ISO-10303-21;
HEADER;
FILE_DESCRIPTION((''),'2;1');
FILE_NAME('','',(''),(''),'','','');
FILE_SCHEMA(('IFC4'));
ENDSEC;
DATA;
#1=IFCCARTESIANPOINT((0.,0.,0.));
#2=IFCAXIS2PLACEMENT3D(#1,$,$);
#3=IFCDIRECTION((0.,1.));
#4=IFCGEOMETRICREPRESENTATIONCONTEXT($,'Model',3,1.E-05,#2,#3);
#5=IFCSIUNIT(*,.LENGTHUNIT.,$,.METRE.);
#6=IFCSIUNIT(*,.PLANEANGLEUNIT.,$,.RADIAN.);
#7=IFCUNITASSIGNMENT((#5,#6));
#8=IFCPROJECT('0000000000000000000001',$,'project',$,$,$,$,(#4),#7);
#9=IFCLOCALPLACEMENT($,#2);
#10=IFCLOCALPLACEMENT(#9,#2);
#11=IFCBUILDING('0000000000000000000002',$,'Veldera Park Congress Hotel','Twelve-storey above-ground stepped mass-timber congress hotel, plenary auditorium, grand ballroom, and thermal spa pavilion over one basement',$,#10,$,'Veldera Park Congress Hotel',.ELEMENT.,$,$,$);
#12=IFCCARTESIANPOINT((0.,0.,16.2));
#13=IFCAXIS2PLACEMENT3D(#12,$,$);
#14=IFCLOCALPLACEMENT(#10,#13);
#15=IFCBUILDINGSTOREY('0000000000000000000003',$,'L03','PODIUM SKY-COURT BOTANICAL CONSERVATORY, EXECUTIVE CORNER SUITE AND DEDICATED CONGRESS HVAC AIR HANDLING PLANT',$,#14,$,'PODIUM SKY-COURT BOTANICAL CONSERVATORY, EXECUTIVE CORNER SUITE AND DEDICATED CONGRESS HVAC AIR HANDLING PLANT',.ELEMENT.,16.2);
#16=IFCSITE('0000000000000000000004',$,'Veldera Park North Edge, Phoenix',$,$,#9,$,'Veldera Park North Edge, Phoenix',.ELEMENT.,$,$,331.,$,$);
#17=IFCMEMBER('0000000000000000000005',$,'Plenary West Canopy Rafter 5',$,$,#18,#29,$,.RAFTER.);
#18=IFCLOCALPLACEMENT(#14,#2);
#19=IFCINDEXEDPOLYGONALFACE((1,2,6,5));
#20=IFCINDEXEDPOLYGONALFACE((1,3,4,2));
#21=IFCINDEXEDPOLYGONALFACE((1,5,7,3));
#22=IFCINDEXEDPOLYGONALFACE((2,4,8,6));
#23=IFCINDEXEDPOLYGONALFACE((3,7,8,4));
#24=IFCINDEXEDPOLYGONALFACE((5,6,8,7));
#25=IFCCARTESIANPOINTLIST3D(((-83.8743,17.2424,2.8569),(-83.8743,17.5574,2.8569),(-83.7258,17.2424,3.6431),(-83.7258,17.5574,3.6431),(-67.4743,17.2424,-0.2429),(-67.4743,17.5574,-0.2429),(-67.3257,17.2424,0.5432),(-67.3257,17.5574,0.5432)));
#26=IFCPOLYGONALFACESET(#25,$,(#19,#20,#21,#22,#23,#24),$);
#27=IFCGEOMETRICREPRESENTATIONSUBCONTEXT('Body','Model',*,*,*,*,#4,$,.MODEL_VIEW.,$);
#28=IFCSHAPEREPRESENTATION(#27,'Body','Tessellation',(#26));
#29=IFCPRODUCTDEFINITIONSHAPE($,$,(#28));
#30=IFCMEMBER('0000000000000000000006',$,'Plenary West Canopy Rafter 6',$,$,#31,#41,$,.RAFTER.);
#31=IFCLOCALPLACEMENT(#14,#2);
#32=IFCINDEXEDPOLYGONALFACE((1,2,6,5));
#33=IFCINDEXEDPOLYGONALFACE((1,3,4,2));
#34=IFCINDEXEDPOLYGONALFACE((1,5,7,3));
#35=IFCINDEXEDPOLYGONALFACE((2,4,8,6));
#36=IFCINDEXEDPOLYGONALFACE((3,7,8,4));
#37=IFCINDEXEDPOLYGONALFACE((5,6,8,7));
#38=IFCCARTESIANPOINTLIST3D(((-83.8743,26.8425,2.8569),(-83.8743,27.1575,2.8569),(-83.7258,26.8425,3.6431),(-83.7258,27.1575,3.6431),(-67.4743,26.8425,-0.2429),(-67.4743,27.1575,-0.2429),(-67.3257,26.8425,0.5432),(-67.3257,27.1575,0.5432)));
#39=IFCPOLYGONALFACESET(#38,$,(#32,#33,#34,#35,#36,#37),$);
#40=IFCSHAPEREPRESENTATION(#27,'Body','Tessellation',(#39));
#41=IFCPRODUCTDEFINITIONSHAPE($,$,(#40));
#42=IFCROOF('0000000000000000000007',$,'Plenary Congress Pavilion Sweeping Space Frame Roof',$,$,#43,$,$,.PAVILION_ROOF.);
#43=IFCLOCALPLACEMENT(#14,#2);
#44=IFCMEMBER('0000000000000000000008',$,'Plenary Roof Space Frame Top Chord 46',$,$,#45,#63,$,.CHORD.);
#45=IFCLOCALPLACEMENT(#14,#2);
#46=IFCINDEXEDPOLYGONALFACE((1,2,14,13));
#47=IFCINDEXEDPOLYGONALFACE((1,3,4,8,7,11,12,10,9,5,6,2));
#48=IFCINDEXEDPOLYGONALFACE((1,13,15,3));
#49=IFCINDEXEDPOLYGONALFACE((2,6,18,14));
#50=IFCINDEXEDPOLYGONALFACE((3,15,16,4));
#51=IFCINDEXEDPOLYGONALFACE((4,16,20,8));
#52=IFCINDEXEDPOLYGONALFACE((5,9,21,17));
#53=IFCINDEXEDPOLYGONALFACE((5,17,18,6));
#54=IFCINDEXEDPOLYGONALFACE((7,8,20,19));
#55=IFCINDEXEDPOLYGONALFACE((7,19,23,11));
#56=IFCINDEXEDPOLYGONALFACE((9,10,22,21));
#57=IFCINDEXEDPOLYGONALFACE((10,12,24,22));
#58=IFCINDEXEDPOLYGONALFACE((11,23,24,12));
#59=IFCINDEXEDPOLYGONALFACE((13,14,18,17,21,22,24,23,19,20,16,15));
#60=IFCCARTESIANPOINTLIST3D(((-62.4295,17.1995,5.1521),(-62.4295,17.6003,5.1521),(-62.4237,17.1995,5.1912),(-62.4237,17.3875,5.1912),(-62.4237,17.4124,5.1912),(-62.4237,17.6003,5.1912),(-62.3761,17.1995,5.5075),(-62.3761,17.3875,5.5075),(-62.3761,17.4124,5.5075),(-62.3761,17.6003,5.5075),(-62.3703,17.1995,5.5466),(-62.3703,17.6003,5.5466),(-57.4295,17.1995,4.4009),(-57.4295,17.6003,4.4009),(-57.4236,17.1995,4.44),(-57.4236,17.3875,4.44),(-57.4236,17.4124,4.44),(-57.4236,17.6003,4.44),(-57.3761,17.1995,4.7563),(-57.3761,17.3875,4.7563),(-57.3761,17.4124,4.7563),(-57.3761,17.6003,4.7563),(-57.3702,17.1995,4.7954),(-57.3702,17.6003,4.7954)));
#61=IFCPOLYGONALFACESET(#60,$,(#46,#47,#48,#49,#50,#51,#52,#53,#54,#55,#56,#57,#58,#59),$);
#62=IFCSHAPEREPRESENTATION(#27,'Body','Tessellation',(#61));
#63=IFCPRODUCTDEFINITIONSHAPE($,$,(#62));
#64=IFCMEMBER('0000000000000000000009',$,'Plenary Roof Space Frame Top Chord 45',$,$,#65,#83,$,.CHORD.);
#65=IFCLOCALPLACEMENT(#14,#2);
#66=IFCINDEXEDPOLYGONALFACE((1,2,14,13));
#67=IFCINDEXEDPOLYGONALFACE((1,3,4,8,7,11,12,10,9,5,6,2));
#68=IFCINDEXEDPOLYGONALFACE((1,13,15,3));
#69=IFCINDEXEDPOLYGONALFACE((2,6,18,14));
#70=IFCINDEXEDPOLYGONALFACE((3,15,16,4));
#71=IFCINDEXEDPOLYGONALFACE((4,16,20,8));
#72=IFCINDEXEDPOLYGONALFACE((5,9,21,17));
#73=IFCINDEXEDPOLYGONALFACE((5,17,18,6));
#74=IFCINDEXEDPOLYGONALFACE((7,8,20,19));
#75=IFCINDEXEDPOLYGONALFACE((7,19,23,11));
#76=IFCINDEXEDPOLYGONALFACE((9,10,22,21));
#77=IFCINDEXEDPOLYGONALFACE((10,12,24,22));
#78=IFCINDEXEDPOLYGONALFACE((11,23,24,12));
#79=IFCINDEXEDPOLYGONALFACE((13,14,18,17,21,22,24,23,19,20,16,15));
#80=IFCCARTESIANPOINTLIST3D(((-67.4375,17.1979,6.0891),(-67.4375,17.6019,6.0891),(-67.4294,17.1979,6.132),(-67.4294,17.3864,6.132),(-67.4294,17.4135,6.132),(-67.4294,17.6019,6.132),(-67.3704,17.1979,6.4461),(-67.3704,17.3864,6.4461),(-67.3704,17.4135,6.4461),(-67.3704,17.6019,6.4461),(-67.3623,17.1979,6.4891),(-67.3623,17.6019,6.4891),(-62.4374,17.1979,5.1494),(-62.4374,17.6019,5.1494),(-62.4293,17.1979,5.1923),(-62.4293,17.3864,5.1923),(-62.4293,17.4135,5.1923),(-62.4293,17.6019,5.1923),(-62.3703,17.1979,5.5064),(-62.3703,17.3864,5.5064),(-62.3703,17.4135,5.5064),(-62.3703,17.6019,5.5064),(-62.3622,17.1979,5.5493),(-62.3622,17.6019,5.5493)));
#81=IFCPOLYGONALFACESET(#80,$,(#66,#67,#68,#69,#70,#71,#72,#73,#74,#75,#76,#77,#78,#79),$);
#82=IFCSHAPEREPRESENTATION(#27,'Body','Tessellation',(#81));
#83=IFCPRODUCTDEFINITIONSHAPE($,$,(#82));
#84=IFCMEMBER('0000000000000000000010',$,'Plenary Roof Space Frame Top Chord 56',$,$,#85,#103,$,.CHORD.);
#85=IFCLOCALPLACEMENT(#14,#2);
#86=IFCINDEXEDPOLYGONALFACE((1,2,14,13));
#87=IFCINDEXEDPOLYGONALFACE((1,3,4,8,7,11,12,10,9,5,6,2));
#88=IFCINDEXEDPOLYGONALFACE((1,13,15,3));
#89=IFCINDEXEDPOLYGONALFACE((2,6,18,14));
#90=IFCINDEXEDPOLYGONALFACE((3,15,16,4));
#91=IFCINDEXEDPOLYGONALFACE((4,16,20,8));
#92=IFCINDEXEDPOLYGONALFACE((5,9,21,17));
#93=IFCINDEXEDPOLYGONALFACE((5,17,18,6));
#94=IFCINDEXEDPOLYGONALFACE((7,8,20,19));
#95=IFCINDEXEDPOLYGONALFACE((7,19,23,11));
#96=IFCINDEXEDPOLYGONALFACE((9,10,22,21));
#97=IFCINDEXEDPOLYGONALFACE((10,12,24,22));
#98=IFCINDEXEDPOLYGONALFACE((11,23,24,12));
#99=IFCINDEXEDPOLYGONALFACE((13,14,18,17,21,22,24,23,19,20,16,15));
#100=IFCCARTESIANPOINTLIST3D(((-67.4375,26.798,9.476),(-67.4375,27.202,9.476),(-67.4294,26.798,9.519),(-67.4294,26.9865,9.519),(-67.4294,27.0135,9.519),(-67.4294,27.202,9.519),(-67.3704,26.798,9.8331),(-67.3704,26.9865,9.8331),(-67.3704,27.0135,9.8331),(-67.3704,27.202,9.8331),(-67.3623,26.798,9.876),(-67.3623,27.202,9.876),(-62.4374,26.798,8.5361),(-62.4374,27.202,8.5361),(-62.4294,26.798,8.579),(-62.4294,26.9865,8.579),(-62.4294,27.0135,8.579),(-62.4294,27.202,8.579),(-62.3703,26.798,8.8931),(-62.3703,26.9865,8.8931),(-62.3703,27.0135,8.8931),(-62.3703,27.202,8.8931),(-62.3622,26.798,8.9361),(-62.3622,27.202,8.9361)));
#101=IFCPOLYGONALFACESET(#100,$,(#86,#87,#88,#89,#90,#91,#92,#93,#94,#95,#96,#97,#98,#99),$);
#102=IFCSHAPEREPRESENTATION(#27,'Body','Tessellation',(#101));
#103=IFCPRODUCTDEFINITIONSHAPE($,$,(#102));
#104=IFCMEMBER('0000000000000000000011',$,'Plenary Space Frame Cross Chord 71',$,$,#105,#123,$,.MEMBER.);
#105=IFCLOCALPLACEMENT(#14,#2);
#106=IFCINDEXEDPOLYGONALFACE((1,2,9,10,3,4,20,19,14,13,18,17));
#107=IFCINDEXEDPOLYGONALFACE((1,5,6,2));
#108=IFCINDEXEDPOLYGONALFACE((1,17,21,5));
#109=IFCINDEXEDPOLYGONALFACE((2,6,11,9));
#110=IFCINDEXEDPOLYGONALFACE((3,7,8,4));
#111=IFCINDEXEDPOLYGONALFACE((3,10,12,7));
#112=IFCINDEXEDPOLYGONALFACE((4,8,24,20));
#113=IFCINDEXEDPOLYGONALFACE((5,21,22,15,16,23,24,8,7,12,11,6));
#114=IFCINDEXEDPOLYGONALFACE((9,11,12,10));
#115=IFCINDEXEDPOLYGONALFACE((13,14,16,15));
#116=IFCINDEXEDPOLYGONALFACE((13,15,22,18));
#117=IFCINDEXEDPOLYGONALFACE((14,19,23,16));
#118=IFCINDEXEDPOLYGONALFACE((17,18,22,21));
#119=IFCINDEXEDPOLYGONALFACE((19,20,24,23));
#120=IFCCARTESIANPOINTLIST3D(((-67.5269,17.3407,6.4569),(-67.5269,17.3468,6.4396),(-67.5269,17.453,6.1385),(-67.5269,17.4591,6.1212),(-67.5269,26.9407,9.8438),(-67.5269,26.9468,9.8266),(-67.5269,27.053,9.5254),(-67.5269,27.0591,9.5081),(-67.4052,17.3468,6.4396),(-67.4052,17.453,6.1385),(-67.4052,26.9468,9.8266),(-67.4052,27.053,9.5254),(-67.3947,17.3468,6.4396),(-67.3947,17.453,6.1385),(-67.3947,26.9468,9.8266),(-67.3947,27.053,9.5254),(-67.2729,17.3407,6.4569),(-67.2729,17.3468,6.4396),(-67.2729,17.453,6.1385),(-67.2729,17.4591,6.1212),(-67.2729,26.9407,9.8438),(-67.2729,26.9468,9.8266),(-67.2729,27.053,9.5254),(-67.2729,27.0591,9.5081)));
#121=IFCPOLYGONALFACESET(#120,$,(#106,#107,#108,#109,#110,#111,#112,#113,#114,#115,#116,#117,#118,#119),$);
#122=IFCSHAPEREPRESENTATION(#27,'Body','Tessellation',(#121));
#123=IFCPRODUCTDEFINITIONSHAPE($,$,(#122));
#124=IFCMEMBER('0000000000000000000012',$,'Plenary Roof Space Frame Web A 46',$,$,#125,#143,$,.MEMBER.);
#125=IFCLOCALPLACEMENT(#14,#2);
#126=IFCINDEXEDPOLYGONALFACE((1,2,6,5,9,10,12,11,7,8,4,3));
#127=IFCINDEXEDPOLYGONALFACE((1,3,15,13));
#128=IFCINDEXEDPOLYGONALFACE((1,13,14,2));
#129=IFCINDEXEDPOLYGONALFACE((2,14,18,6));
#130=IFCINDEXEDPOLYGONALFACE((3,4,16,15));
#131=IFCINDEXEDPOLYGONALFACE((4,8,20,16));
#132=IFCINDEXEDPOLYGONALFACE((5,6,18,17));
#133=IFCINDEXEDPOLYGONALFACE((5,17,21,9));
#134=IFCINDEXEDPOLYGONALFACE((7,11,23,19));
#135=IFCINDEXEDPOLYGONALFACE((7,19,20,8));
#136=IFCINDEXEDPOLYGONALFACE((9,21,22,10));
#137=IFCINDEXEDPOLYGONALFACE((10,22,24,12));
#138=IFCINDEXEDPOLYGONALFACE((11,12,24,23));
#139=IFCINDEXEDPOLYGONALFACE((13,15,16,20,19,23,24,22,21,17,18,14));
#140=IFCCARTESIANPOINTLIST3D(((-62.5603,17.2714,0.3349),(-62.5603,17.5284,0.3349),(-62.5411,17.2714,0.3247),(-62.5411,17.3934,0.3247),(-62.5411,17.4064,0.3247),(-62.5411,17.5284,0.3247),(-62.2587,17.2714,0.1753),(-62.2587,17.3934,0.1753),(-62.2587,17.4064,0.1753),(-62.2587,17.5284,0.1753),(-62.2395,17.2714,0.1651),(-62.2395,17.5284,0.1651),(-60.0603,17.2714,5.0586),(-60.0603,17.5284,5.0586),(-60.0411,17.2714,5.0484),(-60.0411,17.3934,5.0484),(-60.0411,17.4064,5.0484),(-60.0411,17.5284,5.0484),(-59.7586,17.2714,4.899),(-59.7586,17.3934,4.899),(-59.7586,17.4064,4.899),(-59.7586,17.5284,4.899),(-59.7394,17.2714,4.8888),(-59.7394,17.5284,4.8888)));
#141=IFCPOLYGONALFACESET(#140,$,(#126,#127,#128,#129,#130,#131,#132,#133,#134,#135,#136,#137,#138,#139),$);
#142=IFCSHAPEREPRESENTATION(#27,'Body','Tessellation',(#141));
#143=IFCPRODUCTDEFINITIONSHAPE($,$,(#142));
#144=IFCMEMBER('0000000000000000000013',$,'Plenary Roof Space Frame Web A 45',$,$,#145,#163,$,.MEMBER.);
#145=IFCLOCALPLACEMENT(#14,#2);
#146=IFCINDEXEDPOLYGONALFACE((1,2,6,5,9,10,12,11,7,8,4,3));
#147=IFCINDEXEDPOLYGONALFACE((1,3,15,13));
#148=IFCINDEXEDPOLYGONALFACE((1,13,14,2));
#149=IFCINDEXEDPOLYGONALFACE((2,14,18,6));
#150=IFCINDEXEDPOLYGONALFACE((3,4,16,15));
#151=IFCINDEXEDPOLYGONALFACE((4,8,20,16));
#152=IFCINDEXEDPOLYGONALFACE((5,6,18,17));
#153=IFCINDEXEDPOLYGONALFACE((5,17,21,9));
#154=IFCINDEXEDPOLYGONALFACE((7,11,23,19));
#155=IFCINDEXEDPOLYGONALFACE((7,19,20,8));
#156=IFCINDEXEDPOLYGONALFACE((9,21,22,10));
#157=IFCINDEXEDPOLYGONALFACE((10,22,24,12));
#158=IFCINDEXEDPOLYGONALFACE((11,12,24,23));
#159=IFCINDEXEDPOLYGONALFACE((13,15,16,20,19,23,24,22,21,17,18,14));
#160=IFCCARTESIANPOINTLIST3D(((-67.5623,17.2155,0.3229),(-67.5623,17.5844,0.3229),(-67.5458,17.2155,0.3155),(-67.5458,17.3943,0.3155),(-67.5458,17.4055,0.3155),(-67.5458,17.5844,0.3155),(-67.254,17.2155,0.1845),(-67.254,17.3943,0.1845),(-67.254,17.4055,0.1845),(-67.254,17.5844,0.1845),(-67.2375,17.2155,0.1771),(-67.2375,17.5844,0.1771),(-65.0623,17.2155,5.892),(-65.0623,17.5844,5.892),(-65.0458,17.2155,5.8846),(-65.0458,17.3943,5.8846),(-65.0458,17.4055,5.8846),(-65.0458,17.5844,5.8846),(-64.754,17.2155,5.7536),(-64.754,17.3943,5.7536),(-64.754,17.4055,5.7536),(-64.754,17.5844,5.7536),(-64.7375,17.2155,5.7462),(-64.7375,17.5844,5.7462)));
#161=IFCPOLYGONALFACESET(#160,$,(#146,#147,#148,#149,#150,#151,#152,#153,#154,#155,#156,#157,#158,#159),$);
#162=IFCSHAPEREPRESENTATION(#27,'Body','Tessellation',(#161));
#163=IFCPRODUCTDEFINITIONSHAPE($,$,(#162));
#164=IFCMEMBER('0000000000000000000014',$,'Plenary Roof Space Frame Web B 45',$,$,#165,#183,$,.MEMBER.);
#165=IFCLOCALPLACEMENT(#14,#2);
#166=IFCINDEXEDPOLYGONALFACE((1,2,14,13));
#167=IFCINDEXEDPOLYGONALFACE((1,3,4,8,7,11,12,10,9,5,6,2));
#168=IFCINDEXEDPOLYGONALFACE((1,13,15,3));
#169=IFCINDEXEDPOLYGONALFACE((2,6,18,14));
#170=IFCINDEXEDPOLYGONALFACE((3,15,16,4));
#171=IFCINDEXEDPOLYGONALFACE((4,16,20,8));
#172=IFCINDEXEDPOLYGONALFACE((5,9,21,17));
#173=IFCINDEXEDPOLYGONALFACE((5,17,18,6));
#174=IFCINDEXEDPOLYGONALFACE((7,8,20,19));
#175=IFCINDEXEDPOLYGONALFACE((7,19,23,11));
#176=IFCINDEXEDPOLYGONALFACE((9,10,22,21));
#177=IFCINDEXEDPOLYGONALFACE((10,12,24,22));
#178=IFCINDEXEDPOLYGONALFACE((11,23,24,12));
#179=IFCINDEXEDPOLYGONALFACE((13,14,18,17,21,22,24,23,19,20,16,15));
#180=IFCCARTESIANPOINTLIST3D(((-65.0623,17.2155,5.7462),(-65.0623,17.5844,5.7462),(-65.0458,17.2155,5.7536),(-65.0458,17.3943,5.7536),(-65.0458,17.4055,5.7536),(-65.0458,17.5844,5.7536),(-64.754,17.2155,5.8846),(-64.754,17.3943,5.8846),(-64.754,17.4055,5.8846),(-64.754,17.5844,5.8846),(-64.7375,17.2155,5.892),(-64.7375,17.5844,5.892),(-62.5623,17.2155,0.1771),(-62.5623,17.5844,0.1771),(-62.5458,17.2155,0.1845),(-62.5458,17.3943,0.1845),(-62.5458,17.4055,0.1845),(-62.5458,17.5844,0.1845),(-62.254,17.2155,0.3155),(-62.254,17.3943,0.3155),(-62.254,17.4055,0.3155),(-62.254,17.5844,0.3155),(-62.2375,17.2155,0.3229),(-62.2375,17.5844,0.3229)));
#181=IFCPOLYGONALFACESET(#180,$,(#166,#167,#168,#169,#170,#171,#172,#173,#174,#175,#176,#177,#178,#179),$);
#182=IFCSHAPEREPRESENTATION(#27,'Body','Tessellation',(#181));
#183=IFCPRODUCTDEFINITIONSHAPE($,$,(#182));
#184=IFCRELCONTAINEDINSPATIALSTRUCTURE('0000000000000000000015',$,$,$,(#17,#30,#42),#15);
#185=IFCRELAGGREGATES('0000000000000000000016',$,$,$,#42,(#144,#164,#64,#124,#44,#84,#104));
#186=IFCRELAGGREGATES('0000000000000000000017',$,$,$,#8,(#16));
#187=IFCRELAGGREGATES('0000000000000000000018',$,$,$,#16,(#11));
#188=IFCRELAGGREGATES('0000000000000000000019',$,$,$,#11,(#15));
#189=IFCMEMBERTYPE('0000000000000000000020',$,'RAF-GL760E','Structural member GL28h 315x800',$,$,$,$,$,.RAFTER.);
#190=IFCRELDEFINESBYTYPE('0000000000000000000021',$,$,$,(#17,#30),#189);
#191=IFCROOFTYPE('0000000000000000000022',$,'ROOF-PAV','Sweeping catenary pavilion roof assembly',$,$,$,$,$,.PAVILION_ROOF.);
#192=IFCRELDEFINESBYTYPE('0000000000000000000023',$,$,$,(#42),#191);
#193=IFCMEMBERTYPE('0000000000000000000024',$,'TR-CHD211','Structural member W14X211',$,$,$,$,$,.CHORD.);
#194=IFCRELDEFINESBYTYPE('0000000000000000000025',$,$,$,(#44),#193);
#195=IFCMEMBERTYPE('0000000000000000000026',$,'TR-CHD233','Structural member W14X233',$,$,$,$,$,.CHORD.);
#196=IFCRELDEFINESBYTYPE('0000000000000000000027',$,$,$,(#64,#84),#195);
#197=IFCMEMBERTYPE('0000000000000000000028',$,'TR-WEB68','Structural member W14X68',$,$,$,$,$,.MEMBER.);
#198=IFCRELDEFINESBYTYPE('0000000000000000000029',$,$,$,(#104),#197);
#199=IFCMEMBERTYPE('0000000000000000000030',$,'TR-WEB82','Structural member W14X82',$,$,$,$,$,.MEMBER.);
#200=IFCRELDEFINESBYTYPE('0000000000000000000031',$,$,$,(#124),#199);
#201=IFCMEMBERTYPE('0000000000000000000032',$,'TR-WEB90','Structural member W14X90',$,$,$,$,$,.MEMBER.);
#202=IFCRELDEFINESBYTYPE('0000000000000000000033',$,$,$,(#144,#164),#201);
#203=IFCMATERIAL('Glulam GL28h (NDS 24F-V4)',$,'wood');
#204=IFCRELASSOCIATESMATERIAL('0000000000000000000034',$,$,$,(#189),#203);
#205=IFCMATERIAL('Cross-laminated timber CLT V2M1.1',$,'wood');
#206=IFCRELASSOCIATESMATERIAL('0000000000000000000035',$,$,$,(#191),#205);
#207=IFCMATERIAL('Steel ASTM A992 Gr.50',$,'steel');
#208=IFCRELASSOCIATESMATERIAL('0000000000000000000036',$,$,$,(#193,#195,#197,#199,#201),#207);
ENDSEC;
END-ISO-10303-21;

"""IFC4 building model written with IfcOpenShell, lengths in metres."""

from ifc_helpers import new_model, si_unit, direction, frame, origin, origin_2d, place, context, subcontext, project, spatial, rectangle, i_section, extrude, material, material_profile, profile_set, type_object, element, aggregate, save


model = new_model("IFC4")

# Units and contexts
model_context = context("Model", 3, precision=1e-05, world=origin(), true_north=direction((0.0, 1.0)))
body_context = subcontext(model_context, "Body", "Model", "MODEL_VIEW")
ifc_project = project(units=[si_unit("LENGTHUNIT", "METRE"), si_unit("PLANEANGLEUNIT", "RADIAN")], contexts=[model_context])

# Site, building, storey
site_placement = place(None, origin())
site = spatial("IfcSite", under=ifc_project, at=site_placement, Name="Veldera Park North Edge, Phoenix", LongName="Veldera Park North Edge, Phoenix", CompositionType="ELEMENT", RefElevation=331.0)
building_placement = place(site_placement, origin())
building = spatial("IfcBuilding", under=site, at=building_placement, Name="Veldera Park Congress Hotel", Description="Twelve-storey above-ground stepped mass-timber congress hotel, plenary auditorium, grand ballroom, and thermal spa pavilion over one basement", LongName="Veldera Park Congress Hotel", CompositionType="ELEMENT")
storey_placement = place(building_placement, frame((0.0, 0.0, 16.2)))
storey = spatial("IfcBuildingStorey", under=building, at=storey_placement, Name="L03", Description="PODIUM SKY-COURT BOTANICAL CONSERVATORY, EXECUTIVE CORNER SUITE AND DEDICATED CONGRESS HVAC AIR HANDLING PLANT", LongName="PODIUM SKY-COURT BOTANICAL CONSERVATORY, EXECUTIVE CORNER SUITE AND DEDICATED CONGRESS HVAC AIR HANDLING PLANT", CompositionType="ELEMENT", Elevation=16.2)

# Shared definitions
ifc_material_1 = material(Name="Steel ASTM A992 Gr.50", Category="steel")

# Members
ifc_material_2 = material(Name="Glulam GL28h (NDS 24F-V4)", Category="wood")
ifc_material_profile_1 = material_profile(ifc_material_2, rectangle(XDim=0.3149, YDim=0.8, at=origin_2d()), Name="GL28h 315x800")
ifc_profile_set_1 = profile_set([ifc_material_profile_1], Name="Glulam GL28h (NDS 24F-V4)")
member_type_1 = type_object("IfcMemberType", Name="RAF-GL760E", Description="Structural member GL28h 315x800", PredefinedType="RAFTER", material=ifc_profile_set_1)
for number, where, z_axis, x_axis, name in (
    (1, (-83.8, 17.3999, 3.25), (0.982602, 0.0, -0.185725), (0.0, 1.0, 0.0), "Plenary West Canopy Rafter 5"),
    (2, (-83.8, 27.0, 3.25), (0.982602, 0.0, -0.185725), (0.0, 1.0, 0.0), "Plenary West Canopy Rafter 6"),
):
    element("IfcMember", number, at=place(storey_placement, frame(where, z_axis=z_axis, x_axis=x_axis)), inside=storey, type_object=member_type_1, Name=name, PredefinedType="RAFTER", context=body_context, shape_type="SweptSolid", body=[
        extrude(rectangle(XDim=0.3149, YDim=0.8, at=origin_2d()), origin(), (0.0, 0.0, 1.0), 16.6904),
    ])

# Roof, members
ifc_material_3 = material(Name="Cross-laminated timber CLT V2M1.1", Category="wood")
roof_type_1 = type_object("IfcRoofType", Name="ROOF-PAV", Description="Sweeping catenary pavilion roof assembly", PredefinedType="PAVILION_ROOF", material=ifc_material_3)
roof_1_placement = place(storey_placement, origin())
roof_1 = element("IfcRoof", 3, at=roof_1_placement, inside=storey, type_object=roof_type_1, Name="Plenary Congress Pavilion Sweeping Space Frame Roof", PredefinedType="PAVILION_ROOF")
ifc_material_profile_2 = material_profile(ifc_material_1, i_section(OverallWidth=0.4009, OverallDepth=0.3989, WebThickness=0.0249, FlangeThickness=0.0396, at=origin_2d()), Name="W14X211")
ifc_profile_set_2 = profile_set([ifc_material_profile_2], Name="Steel ASTM A992 Gr.50")
member_type_2 = type_object("IfcMemberType", Name="TR-CHD211", Description="Structural member W14X211", PredefinedType="CHORD", material=ifc_profile_set_2)
member_1_placement = place(storey_placement, frame((-62.3999, 17.3999, 5.3494), z_axis=(0.988901, 0.0, -0.148577), x_axis=(0.0, 1.0, 0.0)))
member_1 = element("IfcMember", 4, at=member_1_placement, type_object=member_type_2, Name="Plenary Roof Space Frame Top Chord 46", PredefinedType="CHORD", context=body_context, shape_type="SweptSolid", body=[
    extrude(i_section(OverallWidth=0.4009, OverallDepth=0.3989, WebThickness=0.0249, FlangeThickness=0.0396, at=origin_2d()), origin(), (0.0, 0.0, 1.0), 5.0562),
])
ifc_material_profile_3 = material_profile(ifc_material_1, i_section(OverallWidth=0.4041, OverallDepth=0.407, WebThickness=0.0271, FlangeThickness=0.0437, at=origin_2d()), Name="W14X233")
ifc_profile_set_3 = profile_set([ifc_material_profile_3], Name="Steel ASTM A992 Gr.50")
member_type_3 = type_object("IfcMemberType", Name="TR-CHD233", Description="Structural member W14X233", PredefinedType="CHORD", material=ifc_profile_set_3)
member_2_placement = place(storey_placement, frame((-67.3999, 17.3999, 6.2891), z_axis=(0.982794, 0.0, -0.184706), x_axis=(0.0, 1.0, 0.0)))
member_2 = element("IfcMember", 5, at=member_2_placement, type_object=member_type_3, Name="Plenary Roof Space Frame Top Chord 45", PredefinedType="CHORD", context=body_context, shape_type="SweptSolid", body=[
    extrude(i_section(OverallWidth=0.4041, OverallDepth=0.407, WebThickness=0.0271, FlangeThickness=0.0437, at=origin_2d()), origin(), (0.0, 0.0, 1.0), 5.0876),
])
member_3_placement = place(storey_placement, frame((-67.3999, 27.0, 9.676), z_axis=(0.982785, 0.0, -0.184752), x_axis=(0.0, 1.0, 0.0)))
member_3 = element("IfcMember", 6, at=member_3_placement, type_object=member_type_3, Name="Plenary Roof Space Frame Top Chord 56", PredefinedType="CHORD", context=body_context, shape_type="SweptSolid", body=[
    extrude(i_section(OverallWidth=0.4041, OverallDepth=0.407, WebThickness=0.0271, FlangeThickness=0.0437, at=origin_2d()), origin(), (0.0, 0.0, 1.0), 5.0876),
])
ifc_material_profile_4 = material_profile(ifc_material_1, i_section(OverallWidth=0.2539, OverallDepth=0.356, WebThickness=0.0105, FlangeThickness=0.0183, at=origin_2d()), Name="W14X68")
ifc_profile_set_4 = profile_set([ifc_material_profile_4], Name="Steel ASTM A992 Gr.50")
member_type_4 = type_object("IfcMemberType", Name="TR-WEB68", Description="Structural member W14X68", PredefinedType="MEMBER", material=ifc_profile_set_4)
member_4_placement = place(storey_placement, frame((-67.3999, 17.3999, 6.2891), z_axis=(0.0, 0.943031, 0.332706), x_axis=(-1.0, 0.0, 0.0)))
member_4 = element("IfcMember", 7, at=member_4_placement, type_object=member_type_4, Name="Plenary Space Frame Cross Chord 71", PredefinedType="MEMBER", context=body_context, shape_type="SweptSolid", body=[
    extrude(i_section(OverallWidth=0.2539, OverallDepth=0.356, WebThickness=0.0105, FlangeThickness=0.0183, at=origin_2d()), origin(), (0.0, 0.0, 1.0), 10.1799),
])
ifc_material_profile_5 = material_profile(ifc_material_1, i_section(OverallWidth=0.2571, OverallDepth=0.363, WebThickness=0.0129, FlangeThickness=0.0217, at=origin_2d()), Name="W14X82")
ifc_profile_set_5 = profile_set([ifc_material_profile_5], Name="Steel ASTM A992 Gr.50")
member_type_5 = type_object("IfcMemberType", Name="TR-WEB82", Description="Structural member W14X82", PredefinedType="MEMBER", material=ifc_profile_set_5)
member_5_placement = place(storey_placement, frame((-62.3999, 17.3999, 0.25), z_axis=(0.467779, 0.0, 0.883846), x_axis=(0.0, 1.0, 0.0)))
member_5 = element("IfcMember", 8, at=member_5_placement, type_object=member_type_5, Name="Plenary Roof Space Frame Web A 46", PredefinedType="MEMBER", context=body_context, shape_type="SweptSolid", body=[
    extrude(i_section(OverallWidth=0.2571, OverallDepth=0.363, WebThickness=0.0129, FlangeThickness=0.0217, at=origin_2d()), origin(), (0.0, 0.0, 1.0), 5.3445),
])
ifc_material_profile_6 = material_profile(ifc_material_1, i_section(OverallWidth=0.3689, OverallDepth=0.356, WebThickness=0.0112, FlangeThickness=0.0181, at=origin_2d()), Name="W14X90")
ifc_profile_set_6 = profile_set([ifc_material_profile_6], Name="Steel ASTM A992 Gr.50")
member_type_6 = type_object("IfcMemberType", Name="TR-WEB90", Description="Structural member W14X90", PredefinedType="MEMBER", material=ifc_profile_set_6)
member_6_placement = place(storey_placement, frame((-67.3999, 17.3999, 0.25), z_axis=(0.409535, 0.0, 0.912295), x_axis=(0.0, 1.0, 0.0)))
member_6 = element("IfcMember", 9, at=member_6_placement, type_object=member_type_6, Name="Plenary Roof Space Frame Web A 45", PredefinedType="MEMBER", context=body_context, shape_type="SweptSolid", body=[
    extrude(i_section(OverallWidth=0.3689, OverallDepth=0.356, WebThickness=0.0112, FlangeThickness=0.0181, at=origin_2d()), origin(), (0.0, 0.0, 1.0), 6.1045),
])
member_7_placement = place(storey_placement, frame((-62.3999, 17.3999, 0.25), z_axis=(-0.409535, 0.0, 0.912295), x_axis=(0.0, -1.0, 0.0)))
member_7 = element("IfcMember", 10, at=member_7_placement, type_object=member_type_6, Name="Plenary Roof Space Frame Web B 45", PredefinedType="MEMBER", context=body_context, shape_type="SweptSolid", body=[
    extrude(i_section(OverallWidth=0.3689, OverallDepth=0.356, WebThickness=0.0112, FlangeThickness=0.0181, at=origin_2d()), origin(), (0.0, 0.0, 1.0), 6.1045),
])

aggregate(roof_1, [member_6, member_7, member_2, member_5, member_1, member_3, member_4])

save(model, "model.ifc")
